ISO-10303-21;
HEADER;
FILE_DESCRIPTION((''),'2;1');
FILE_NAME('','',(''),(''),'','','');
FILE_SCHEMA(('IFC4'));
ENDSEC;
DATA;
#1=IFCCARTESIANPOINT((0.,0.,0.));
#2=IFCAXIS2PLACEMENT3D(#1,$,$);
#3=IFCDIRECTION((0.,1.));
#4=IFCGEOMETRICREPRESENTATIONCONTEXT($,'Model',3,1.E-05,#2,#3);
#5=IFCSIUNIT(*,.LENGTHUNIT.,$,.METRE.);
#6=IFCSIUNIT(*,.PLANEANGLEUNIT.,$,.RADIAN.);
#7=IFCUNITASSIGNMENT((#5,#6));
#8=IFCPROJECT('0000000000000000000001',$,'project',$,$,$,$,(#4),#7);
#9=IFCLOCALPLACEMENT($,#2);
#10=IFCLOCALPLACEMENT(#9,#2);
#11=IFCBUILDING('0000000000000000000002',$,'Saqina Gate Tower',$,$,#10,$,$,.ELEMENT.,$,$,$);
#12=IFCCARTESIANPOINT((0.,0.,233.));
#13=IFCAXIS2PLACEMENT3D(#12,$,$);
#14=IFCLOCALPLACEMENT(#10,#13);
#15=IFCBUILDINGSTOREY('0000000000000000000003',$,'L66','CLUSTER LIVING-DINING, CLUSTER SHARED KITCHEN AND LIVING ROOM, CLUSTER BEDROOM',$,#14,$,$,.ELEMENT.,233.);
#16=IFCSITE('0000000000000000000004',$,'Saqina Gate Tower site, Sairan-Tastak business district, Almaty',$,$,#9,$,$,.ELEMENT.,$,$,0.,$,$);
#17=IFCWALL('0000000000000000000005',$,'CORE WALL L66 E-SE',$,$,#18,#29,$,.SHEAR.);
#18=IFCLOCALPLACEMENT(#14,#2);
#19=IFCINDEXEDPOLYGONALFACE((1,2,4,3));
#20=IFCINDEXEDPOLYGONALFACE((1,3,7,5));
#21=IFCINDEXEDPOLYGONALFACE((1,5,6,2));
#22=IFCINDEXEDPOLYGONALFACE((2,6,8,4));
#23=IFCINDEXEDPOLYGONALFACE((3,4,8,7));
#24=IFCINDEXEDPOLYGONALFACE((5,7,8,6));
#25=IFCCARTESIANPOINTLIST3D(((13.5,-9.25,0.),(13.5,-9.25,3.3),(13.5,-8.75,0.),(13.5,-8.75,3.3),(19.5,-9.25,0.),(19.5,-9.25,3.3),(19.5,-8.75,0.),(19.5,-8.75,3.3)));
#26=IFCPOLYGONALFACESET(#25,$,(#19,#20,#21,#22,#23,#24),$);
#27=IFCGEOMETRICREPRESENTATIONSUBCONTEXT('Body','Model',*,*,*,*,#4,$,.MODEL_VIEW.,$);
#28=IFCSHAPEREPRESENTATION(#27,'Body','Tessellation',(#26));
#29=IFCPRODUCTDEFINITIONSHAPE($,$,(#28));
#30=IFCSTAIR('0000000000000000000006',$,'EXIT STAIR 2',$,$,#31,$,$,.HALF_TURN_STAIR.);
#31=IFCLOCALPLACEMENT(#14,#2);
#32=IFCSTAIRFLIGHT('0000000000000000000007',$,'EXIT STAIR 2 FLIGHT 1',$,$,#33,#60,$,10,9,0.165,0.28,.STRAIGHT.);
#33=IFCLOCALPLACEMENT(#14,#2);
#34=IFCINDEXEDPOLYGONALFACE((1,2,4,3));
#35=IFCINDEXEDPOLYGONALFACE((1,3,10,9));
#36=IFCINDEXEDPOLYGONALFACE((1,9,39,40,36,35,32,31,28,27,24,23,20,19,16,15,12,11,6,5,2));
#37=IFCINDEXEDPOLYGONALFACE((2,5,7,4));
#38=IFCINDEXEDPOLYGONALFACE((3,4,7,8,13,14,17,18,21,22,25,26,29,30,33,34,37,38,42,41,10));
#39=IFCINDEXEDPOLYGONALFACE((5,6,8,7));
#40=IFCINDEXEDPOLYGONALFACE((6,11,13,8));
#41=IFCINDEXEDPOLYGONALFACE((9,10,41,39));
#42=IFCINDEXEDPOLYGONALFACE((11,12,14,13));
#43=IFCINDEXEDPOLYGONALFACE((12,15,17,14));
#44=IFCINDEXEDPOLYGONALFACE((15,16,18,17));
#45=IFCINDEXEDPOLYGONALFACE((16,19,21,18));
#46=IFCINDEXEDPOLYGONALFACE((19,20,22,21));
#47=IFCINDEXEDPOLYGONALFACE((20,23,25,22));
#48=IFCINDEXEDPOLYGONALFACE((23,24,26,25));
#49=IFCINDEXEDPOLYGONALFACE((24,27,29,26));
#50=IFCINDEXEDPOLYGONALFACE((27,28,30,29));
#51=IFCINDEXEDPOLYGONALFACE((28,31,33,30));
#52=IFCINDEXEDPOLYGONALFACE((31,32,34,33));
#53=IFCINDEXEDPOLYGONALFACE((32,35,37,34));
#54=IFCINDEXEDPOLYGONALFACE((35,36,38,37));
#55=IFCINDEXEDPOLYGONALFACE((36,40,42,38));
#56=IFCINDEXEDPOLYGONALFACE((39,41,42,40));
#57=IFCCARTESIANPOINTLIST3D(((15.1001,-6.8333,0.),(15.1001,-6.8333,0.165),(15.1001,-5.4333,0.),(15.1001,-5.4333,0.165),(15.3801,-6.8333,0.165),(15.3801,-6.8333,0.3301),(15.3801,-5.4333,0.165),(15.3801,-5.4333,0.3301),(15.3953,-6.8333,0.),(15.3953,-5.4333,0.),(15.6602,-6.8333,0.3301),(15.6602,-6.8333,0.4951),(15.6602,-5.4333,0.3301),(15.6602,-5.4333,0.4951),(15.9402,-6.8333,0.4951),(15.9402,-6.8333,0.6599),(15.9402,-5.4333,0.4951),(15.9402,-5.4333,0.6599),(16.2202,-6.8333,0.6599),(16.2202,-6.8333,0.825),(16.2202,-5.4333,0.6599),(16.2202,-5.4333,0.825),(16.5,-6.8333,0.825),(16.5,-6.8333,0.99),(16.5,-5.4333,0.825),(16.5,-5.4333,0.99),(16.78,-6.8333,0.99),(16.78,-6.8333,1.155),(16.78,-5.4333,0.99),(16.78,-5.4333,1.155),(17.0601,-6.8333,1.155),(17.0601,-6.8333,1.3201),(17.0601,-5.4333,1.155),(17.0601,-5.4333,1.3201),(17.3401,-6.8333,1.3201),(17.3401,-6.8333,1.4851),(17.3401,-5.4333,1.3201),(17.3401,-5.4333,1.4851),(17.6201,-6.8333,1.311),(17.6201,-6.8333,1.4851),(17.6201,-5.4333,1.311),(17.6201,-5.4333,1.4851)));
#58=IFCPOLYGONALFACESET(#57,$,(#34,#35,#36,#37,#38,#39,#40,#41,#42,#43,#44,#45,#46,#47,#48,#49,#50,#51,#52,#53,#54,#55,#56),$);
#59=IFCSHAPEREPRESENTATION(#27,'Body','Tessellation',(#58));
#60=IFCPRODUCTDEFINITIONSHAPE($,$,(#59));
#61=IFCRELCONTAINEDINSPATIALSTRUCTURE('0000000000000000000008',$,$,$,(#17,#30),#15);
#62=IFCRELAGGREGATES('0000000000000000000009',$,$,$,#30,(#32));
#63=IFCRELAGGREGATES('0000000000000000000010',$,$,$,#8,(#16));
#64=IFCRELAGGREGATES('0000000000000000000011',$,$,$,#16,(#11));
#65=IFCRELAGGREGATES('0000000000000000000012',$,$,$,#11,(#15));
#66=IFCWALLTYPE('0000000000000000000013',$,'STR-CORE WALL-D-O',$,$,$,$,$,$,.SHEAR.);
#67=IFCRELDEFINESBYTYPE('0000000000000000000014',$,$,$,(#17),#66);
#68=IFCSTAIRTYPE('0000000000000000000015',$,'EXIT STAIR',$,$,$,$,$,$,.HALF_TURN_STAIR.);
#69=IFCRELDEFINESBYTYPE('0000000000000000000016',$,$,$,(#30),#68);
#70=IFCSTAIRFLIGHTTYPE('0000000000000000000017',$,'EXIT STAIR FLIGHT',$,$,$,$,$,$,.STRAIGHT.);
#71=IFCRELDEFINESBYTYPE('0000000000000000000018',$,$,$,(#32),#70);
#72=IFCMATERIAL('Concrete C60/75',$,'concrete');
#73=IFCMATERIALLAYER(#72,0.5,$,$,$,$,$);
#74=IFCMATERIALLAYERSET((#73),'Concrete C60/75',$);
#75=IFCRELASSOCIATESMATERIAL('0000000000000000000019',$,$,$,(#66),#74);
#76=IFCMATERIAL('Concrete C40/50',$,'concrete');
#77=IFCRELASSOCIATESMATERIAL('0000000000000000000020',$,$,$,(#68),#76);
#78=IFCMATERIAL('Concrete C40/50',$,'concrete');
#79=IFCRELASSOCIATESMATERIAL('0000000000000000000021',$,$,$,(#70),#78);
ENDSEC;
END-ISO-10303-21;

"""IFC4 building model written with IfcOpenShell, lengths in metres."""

from ifc_helpers import new_model, si_unit, direction, frame, frame_2d, origin, place, context, subcontext, project, spatial, polyline, rectangle, outline, extrude, material, layer, layer_set, type_object, element, aggregate, save


model = new_model("IFC4")

# Units and contexts
model_context = context("Model", 3, precision=1e-05, world=origin(), true_north=direction((0.0, 1.0)))
body_context = subcontext(model_context, "Body", "Model", "MODEL_VIEW")
ifc_project = project(units=[si_unit("LENGTHUNIT", "METRE"), si_unit("PLANEANGLEUNIT", "RADIAN")], contexts=[model_context])

# Site, building, storey
site_placement = place(None, origin())
site = spatial("IfcSite", under=ifc_project, at=site_placement, Name="Saqina Gate Tower site, Sairan-Tastak business district, Almaty", CompositionType="ELEMENT", RefElevation=0.0)
building_placement = place(site_placement, origin())
building = spatial("IfcBuilding", under=site, at=building_placement, Name="Saqina Gate Tower", CompositionType="ELEMENT")
storey_placement = place(building_placement, frame((0.0, 0.0, 233.0)))
storey = spatial("IfcBuildingStorey", under=building, at=storey_placement, Name="L66", Description="CLUSTER LIVING-DINING, CLUSTER SHARED KITCHEN AND LIVING ROOM, CLUSTER BEDROOM", CompositionType="ELEMENT", Elevation=233.0)

# Shared definitions
ifc_material_1 = material(Name="Concrete C60/75", Category="concrete")
ifc_layer_1 = layer(ifc_material_1, 0.5)
ifc_layer_set_1 = layer_set([ifc_layer_1], Name="Concrete C60/75")
wall_type_1 = type_object("IfcWallType", Name="STR-CORE WALL-D-O", PredefinedType="SHEAR", material=ifc_layer_set_1)

# Wall
wall_1_placement = place(storey_placement, frame((13.5, -9.0, 0.0), z_axis=(0.0, 0.0, 1.0), x_axis=(1.0, 0.0, 0.0)))
element("IfcWall", 1, at=wall_1_placement, inside=storey, type_object=wall_type_1, Name="CORE WALL L66 E-SE", PredefinedType="SHEAR", context=body_context, shape_type="SweptSolid", body=[
    extrude(rectangle(XDim=6.0, YDim=0.5, at=frame_2d((3.0, 0.0))), origin(), (0.0, 0.0, 1.0), 3.3),
])

# Stair, stair flight
ifc_material_2 = material(Name="Concrete C40/50", Category="concrete")
stair_type = type_object("IfcStairType", Name="EXIT STAIR", PredefinedType="HALF_TURN_STAIR", material=ifc_material_2)
stair_placement = place(storey_placement, origin())
stair = element("IfcStair", 2, at=stair_placement, inside=storey, type_object=stair_type, Name="EXIT STAIR 2", PredefinedType="HALF_TURN_STAIR")
ifc_material_3 = material(Name="Concrete C40/50", Category="concrete")
stair_flight_type = type_object("IfcStairFlightType", Name="EXIT STAIR FLIGHT", PredefinedType="STRAIGHT", material=ifc_material_3)
stair_flight_placement = place(storey_placement, frame((15.1001, -6.1333, 0.0), z_axis=(0.0, 0.0, 1.0), x_axis=(1.0, 0.0, 0.0)))
stair_flight = element("IfcStairFlight", 3, at=stair_flight_placement, type_object=stair_flight_type, Name="EXIT STAIR 2 FLIGHT 1", NumberOfRisers=10, NumberOfTreads=9, PredefinedType="STRAIGHT", RiserHeight=0.165, TreadLength=0.28, context=body_context, shape_type="SweptSolid", body=[
    extrude(outline(polyline([(0.0, 0.0), (0.0, 0.165), (0.28, 0.165), (0.28, 0.3301), (0.5601, 0.3301), (0.5601, 0.4951), (0.8401, 0.4951), (0.8401, 0.6599), (1.1201, 0.6599), (1.1201, 0.825), (1.3999, 0.825), (1.3999, 0.99), (1.6799, 0.99), (1.6799, 1.155), (1.96, 1.155), (1.96, 1.3201), (2.24, 1.3201), (2.24, 1.4851), (2.52, 1.4851), (2.52, 1.6499), (2.52, 1.311), (0.2952, 0.0), (0.0, 0.0)])), frame((0.0, 0.7, 0.0), z_axis=(0.0, -1.0, 0.0), x_axis=(1.0, 0.0, 0.0)), (0.0, 0.0, 1.0), 1.3999),
])
aggregate(stair, [stair_flight])

save(model, "model.ifc")
